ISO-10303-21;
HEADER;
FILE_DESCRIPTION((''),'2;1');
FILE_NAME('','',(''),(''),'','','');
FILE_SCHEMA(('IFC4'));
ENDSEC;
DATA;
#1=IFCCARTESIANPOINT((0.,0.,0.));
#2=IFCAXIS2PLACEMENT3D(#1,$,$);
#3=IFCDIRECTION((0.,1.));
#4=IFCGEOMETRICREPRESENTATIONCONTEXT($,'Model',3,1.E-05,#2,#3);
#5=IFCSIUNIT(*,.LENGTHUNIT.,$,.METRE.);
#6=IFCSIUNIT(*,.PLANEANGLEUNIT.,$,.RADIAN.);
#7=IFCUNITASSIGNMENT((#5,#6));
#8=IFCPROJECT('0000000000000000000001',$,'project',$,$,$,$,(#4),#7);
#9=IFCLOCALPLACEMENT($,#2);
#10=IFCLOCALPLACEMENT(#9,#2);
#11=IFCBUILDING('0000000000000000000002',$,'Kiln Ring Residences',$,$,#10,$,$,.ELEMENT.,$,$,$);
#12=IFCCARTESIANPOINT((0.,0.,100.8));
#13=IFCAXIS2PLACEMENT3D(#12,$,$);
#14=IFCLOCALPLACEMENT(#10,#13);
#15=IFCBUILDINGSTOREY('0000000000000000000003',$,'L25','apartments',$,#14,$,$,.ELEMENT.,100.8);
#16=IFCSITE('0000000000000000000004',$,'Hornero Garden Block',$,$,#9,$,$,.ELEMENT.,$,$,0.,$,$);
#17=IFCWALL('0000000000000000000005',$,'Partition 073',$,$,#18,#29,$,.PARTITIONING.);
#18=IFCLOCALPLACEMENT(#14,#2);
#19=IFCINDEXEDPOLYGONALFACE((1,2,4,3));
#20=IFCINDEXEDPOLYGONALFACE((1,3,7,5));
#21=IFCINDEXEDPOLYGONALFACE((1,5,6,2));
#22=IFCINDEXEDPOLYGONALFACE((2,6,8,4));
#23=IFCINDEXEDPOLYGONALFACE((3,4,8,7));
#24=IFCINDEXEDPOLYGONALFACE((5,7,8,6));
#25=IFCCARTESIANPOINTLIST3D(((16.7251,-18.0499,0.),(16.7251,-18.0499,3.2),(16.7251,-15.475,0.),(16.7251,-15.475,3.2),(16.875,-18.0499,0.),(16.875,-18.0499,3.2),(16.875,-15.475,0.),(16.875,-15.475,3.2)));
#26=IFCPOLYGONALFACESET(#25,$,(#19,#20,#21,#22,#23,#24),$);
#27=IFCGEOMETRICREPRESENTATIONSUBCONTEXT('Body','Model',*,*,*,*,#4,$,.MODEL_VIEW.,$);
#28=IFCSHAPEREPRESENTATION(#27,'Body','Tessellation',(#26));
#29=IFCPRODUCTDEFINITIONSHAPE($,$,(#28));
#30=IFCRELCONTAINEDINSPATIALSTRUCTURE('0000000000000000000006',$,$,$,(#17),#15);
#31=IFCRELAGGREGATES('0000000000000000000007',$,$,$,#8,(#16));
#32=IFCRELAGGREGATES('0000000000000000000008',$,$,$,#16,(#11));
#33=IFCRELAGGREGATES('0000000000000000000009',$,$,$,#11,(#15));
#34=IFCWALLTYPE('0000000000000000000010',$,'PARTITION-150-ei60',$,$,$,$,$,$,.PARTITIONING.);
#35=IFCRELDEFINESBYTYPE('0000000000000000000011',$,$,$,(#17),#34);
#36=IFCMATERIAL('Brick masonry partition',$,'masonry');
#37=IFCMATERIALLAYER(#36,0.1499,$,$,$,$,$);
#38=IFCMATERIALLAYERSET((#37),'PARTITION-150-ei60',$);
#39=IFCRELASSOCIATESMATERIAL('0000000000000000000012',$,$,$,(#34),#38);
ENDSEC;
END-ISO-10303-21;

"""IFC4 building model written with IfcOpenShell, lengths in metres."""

from ifc_helpers import new_model, si_unit, direction, frame, frame_2d, origin, place, context, subcontext, project, spatial, rectangle, extrude, material, layer, layer_set, type_object, element, save


model = new_model("IFC4")

# Units and contexts
model_context = context("Model", 3, precision=1e-05, world=origin(), true_north=direction((0.0, 1.0)))
body_context = subcontext(model_context, "Body", "Model", "MODEL_VIEW")
ifc_project = project(units=[si_unit("LENGTHUNIT", "METRE"), si_unit("PLANEANGLEUNIT", "RADIAN")], contexts=[model_context])

# Site, building, storey
site_placement = place(None, origin())
site = spatial("IfcSite", under=ifc_project, at=site_placement, Name="Hornero Garden Block", CompositionType="ELEMENT", RefElevation=0.0)
building_placement = place(site_placement, origin())
building = spatial("IfcBuilding", under=site, at=building_placement, Name="Kiln Ring Residences", CompositionType="ELEMENT")
storey_placement = place(building_placement, frame((0.0, 0.0, 100.8)))
storey = spatial("IfcBuildingStorey", under=building, at=storey_placement, Name="L25", Description="apartments", CompositionType="ELEMENT", Elevation=100.8)

# Wall
ifc_material_1 = material(Name="Brick masonry partition", Category="masonry")
ifc_layer_1 = layer(ifc_material_1, 0.1499)
ifc_layer_set_1 = layer_set([ifc_layer_1], Name="PARTITION-150-ei60")
wall_type_1 = type_object("IfcWallType", Name="PARTITION-150-ei60", PredefinedType="PARTITIONING", material=ifc_layer_set_1)
wall_1_placement = place(storey_placement, frame((16.8, -18.05, 0.0), z_axis=(0.0, 0.0, 1.0), x_axis=(0.0, 1.0, 0.0)))
element("IfcWall", 1, at=wall_1_placement, inside=storey, type_object=wall_type_1, Name="Partition 073", PredefinedType="PARTITIONING", context=body_context, shape_type="SweptSolid", body=[
    extrude(rectangle(XDim=2.575, YDim=0.1499, at=frame_2d((1.2876, 0.0))), origin(), (0.0, 0.0, 1.0), 3.2),
])

save(model, "model.ifc")
